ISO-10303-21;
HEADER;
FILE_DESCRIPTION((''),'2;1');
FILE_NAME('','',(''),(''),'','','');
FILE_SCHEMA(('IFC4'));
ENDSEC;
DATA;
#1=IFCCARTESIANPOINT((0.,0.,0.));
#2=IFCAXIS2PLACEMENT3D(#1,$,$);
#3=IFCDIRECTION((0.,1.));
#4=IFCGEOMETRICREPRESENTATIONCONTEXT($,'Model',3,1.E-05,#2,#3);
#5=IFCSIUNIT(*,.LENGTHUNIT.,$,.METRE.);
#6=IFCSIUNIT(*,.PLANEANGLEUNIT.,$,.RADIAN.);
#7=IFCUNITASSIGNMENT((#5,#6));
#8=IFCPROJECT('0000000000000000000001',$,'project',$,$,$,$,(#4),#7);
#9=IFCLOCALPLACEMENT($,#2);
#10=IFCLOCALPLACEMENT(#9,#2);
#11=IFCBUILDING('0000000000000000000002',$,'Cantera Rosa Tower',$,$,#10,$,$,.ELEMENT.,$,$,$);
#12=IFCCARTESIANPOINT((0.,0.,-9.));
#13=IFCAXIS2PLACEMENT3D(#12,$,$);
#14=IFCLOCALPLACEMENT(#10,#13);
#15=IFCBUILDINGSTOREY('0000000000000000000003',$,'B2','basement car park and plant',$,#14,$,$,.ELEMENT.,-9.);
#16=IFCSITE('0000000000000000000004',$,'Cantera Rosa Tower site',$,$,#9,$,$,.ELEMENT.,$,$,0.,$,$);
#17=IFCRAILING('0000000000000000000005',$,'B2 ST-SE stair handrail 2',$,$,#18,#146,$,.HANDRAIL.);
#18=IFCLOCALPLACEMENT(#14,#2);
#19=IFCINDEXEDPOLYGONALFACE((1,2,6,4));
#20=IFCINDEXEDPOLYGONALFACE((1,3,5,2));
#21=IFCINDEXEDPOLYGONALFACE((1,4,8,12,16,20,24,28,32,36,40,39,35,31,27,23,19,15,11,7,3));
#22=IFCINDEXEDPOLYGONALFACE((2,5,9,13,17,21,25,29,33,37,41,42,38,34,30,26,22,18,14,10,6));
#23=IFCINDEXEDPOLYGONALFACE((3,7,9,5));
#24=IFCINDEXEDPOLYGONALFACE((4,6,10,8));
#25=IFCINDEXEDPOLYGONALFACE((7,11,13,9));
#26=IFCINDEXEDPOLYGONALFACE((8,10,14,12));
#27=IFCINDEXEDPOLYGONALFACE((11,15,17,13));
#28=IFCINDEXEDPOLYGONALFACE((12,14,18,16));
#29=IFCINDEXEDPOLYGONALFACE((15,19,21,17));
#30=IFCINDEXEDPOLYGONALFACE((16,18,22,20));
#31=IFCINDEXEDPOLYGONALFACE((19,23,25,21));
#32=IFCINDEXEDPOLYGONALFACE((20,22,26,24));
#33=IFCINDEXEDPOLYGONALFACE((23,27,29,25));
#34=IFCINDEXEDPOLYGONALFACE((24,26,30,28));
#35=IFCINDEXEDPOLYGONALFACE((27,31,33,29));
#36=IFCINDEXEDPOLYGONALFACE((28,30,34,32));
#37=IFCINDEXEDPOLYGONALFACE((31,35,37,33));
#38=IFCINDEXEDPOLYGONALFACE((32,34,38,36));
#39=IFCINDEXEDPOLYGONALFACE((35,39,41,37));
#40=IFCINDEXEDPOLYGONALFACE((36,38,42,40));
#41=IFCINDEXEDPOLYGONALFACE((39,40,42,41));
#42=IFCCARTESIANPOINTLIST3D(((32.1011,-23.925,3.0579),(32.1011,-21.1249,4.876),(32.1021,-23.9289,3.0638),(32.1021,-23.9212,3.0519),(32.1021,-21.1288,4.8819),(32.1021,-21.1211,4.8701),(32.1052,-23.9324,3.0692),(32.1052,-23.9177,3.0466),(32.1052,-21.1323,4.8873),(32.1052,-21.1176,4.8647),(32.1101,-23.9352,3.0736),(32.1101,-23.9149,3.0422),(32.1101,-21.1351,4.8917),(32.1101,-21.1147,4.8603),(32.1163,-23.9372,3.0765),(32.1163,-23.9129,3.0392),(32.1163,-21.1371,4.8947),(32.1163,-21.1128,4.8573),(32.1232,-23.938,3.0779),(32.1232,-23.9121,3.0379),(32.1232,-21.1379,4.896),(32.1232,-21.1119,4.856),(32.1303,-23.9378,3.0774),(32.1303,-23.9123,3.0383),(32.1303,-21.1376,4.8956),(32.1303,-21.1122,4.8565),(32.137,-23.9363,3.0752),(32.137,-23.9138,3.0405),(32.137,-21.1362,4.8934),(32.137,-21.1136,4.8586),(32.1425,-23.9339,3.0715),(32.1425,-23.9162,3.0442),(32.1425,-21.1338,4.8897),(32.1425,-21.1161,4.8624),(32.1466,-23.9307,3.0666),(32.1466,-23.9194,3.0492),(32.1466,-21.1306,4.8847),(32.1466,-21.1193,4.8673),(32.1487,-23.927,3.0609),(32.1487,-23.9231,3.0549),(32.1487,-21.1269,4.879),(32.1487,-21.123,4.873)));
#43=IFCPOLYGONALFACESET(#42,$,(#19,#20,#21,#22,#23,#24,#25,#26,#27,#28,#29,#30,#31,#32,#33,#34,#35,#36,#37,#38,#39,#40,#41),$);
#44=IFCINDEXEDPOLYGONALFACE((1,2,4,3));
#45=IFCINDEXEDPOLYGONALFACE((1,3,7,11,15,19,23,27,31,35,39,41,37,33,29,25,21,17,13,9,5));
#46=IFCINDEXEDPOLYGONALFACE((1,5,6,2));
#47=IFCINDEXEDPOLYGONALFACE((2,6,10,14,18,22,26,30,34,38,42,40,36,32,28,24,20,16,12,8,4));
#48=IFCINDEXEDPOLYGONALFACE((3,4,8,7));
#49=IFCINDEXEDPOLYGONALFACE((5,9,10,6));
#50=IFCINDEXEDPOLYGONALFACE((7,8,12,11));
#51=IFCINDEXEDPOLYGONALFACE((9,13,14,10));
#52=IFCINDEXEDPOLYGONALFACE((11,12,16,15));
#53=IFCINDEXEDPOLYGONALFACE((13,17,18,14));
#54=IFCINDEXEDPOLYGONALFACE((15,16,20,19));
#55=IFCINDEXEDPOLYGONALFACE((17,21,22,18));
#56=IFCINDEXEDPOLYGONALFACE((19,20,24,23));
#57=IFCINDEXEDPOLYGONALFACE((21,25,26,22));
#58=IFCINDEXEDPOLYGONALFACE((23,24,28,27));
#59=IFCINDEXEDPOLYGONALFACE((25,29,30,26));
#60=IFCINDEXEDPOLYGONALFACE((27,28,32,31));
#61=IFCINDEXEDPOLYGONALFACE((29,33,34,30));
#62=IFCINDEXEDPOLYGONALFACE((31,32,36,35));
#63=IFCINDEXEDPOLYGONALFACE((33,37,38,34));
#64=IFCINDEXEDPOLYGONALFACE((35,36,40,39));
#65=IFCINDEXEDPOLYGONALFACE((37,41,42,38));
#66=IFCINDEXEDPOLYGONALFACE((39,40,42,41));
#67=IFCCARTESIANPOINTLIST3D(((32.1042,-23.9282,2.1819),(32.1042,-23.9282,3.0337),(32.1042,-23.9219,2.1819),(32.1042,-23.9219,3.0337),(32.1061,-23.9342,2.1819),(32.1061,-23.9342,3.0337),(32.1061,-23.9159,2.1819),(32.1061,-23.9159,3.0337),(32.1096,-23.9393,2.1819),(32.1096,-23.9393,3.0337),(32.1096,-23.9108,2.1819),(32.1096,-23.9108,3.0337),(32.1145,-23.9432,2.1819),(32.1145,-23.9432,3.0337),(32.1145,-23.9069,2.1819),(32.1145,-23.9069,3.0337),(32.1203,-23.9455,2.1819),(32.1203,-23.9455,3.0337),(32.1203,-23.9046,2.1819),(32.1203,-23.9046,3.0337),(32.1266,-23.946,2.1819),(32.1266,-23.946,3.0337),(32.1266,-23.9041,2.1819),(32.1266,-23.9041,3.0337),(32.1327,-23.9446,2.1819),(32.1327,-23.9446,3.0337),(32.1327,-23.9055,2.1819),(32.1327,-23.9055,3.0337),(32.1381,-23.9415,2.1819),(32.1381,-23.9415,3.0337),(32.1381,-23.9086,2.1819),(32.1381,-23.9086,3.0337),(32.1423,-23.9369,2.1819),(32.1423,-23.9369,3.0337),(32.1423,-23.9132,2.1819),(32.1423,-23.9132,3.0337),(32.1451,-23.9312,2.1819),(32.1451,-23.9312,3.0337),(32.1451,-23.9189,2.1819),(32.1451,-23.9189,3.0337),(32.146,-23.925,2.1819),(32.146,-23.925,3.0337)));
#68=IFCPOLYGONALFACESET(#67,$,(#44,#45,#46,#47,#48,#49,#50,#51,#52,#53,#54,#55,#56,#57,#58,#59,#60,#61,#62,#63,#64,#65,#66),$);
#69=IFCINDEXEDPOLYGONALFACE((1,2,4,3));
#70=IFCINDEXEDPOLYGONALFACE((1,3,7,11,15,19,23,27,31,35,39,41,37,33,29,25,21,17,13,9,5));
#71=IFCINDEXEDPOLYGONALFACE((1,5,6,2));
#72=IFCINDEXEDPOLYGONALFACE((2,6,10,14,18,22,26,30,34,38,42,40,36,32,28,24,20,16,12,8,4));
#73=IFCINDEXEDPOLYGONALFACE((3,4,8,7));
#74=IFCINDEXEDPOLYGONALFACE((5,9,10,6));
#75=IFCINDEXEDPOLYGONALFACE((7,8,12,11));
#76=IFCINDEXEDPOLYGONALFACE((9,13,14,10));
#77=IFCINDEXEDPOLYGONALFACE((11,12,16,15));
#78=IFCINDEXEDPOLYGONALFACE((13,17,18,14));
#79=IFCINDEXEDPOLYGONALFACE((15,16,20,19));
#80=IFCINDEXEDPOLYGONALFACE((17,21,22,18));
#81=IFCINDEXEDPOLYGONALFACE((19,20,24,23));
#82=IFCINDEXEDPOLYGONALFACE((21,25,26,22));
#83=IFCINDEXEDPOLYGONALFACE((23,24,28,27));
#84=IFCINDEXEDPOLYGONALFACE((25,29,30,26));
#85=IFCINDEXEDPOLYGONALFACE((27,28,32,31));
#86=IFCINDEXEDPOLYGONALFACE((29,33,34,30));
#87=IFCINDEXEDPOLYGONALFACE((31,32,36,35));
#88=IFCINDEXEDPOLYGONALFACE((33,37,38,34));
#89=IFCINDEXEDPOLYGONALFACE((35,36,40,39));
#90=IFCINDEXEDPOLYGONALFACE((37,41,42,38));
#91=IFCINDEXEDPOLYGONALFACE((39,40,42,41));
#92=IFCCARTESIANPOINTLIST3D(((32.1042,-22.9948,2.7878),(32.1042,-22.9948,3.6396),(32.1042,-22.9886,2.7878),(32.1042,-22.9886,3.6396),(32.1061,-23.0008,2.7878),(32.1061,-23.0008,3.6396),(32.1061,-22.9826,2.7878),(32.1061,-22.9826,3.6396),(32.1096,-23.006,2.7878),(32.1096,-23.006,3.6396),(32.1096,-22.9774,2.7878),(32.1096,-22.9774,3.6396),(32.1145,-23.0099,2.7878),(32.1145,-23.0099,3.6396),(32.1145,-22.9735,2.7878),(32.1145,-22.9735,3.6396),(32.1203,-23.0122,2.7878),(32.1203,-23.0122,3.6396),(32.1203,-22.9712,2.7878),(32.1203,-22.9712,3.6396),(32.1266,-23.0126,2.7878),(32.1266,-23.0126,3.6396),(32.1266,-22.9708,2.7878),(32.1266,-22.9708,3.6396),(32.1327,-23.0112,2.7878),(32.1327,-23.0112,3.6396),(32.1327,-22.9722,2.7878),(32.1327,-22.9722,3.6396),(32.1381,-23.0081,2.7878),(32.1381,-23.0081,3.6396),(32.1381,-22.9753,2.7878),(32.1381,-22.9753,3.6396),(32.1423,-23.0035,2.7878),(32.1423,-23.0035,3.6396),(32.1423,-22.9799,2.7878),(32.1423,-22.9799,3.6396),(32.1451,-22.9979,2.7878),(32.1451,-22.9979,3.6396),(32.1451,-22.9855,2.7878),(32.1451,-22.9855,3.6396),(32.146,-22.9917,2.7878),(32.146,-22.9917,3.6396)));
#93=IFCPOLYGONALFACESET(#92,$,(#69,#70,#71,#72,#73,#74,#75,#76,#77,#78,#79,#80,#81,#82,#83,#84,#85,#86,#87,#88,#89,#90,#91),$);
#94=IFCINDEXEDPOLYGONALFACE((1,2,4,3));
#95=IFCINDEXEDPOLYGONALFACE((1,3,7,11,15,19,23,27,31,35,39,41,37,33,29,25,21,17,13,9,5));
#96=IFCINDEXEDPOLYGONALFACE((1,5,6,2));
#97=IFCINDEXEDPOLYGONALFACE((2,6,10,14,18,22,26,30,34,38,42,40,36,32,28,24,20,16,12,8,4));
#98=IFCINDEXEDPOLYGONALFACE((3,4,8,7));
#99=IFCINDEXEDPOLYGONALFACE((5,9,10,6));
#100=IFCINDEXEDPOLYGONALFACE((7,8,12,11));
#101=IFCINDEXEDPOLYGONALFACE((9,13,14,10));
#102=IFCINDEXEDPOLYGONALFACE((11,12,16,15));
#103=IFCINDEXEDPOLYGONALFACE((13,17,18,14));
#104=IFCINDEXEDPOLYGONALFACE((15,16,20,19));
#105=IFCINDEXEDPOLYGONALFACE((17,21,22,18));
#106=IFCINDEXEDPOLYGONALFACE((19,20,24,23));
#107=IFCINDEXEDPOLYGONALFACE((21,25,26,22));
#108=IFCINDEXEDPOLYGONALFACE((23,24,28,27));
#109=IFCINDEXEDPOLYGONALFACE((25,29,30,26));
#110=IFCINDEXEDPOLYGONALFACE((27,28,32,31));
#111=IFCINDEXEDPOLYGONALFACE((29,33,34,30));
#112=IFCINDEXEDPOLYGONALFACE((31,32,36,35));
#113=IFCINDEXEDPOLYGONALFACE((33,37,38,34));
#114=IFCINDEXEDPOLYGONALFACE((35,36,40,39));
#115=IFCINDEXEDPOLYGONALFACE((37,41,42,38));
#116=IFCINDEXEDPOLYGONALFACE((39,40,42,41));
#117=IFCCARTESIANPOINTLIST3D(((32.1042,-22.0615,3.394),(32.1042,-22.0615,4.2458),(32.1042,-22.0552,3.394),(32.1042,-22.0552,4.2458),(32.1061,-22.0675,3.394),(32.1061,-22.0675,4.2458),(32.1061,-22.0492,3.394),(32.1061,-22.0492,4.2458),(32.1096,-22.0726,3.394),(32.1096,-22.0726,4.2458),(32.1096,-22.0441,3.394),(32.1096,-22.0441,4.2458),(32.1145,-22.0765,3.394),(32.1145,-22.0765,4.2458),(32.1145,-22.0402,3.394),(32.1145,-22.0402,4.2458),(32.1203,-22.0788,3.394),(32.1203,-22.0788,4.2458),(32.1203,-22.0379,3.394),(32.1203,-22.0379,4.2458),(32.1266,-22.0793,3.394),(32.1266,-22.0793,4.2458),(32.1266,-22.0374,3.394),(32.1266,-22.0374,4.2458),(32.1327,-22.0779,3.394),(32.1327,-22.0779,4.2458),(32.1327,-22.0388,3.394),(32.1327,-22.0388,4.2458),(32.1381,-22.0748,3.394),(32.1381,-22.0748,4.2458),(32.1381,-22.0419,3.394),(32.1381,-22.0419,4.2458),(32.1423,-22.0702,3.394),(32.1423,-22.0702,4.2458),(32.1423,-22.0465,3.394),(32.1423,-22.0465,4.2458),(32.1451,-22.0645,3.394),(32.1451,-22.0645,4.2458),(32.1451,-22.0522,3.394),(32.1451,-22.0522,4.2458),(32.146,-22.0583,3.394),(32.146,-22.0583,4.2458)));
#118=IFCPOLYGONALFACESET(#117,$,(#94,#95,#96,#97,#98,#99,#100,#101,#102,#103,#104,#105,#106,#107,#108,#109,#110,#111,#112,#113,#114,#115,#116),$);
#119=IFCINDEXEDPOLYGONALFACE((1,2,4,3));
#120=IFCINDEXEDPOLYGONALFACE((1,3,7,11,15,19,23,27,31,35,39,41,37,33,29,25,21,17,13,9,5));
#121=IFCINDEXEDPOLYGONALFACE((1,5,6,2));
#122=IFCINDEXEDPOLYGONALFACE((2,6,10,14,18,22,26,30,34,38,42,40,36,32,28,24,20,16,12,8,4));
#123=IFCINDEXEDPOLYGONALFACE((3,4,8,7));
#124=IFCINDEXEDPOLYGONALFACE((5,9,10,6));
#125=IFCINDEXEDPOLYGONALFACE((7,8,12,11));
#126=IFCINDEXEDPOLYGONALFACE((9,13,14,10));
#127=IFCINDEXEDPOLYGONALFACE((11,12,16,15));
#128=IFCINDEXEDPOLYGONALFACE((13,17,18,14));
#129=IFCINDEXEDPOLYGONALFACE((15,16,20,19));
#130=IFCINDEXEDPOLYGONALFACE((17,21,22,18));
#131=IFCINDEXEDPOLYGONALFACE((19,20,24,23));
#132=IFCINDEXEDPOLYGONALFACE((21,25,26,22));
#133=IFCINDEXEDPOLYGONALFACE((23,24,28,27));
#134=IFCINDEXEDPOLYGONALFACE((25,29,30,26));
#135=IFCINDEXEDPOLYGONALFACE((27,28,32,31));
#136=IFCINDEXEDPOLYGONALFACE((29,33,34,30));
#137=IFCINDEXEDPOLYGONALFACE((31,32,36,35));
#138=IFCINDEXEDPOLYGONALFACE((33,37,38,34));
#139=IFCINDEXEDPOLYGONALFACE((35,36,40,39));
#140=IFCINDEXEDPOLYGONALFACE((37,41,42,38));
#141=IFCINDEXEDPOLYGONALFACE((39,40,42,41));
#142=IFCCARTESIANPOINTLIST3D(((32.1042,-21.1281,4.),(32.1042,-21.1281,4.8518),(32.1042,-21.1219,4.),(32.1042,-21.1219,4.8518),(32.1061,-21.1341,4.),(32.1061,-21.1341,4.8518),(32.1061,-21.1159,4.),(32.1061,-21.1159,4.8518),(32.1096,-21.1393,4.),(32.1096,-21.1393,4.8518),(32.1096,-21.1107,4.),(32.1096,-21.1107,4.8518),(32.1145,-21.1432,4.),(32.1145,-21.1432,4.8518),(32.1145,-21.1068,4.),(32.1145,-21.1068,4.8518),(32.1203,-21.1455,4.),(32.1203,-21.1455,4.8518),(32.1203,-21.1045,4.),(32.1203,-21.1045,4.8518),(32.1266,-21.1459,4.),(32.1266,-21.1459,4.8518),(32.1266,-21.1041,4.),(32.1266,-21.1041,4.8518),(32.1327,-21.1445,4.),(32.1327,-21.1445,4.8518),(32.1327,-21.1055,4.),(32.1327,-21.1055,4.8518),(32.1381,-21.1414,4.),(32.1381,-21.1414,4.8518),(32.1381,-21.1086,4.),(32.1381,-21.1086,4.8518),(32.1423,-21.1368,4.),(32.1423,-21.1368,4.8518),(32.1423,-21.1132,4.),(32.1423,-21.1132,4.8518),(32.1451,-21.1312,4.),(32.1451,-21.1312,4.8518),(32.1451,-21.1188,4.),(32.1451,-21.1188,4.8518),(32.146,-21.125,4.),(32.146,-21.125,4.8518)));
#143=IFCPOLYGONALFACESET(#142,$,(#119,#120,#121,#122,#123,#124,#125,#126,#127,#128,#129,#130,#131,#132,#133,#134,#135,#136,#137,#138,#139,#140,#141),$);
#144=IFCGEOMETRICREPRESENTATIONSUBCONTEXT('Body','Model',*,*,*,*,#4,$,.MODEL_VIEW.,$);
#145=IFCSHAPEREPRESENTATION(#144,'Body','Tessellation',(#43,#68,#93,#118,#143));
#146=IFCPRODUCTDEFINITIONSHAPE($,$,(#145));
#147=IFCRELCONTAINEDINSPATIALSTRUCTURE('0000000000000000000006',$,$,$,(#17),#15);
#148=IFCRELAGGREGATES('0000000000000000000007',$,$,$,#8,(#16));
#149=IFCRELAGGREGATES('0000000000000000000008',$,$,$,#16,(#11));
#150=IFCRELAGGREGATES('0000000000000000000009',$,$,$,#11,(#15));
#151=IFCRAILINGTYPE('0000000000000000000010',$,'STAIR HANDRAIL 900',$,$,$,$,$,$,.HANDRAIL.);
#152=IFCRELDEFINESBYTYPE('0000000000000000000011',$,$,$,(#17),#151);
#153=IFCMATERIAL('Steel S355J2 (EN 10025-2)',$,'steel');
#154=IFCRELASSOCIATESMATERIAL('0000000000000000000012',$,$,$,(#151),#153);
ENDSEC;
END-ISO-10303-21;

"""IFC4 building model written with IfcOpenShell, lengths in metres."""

from ifc_helpers import new_model, si_unit, direction, frame, origin, origin_2d, place, context, subcontext, project, spatial, circle, extrude, material, type_object, element, save


model = new_model("IFC4")

# Units and contexts
model_context = context("Model", 3, precision=1e-05, world=origin(), true_north=direction((0.0, 1.0)))
body_context = subcontext(model_context, "Body", "Model", "MODEL_VIEW")
ifc_project = project(units=[si_unit("LENGTHUNIT", "METRE"), si_unit("PLANEANGLEUNIT", "RADIAN")], contexts=[model_context])

# Site, building, storey
site_placement = place(None, origin())
site = spatial("IfcSite", under=ifc_project, at=site_placement, Name="Cantera Rosa Tower site", CompositionType="ELEMENT", RefElevation=0.0)
building_placement = place(site_placement, origin())
building = spatial("IfcBuilding", under=site, at=building_placement, Name="Cantera Rosa Tower", CompositionType="ELEMENT")
storey_placement = place(building_placement, frame((0.0, 0.0, -9.0)))
storey = spatial("IfcBuildingStorey", under=building, at=storey_placement, Name="B2", Description="basement car park and plant", CompositionType="ELEMENT", Elevation=-9.0)

# Railing
ifc_material_1 = material(Name="Steel S355J2 (EN 10025-2)", Category="steel")
railing_type_1 = type_object("IfcRailingType", Name="STAIR HANDRAIL 900", PredefinedType="HANDRAIL", material=ifc_material_1)
railing_1_placement = place(storey_placement, frame((32.125, -23.925, 2.1819)))
element("IfcRailing", 1, at=railing_1_placement, inside=storey, type_object=railing_type_1, Name="B2 ST-SE stair handrail 2", PredefinedType="HANDRAIL", context=body_context, shape_type="SweptSolid", body=[
    extrude(circle(Radius=0.0239, at=origin_2d()), frame((0.0, 0.0, 0.876), z_axis=(0.0, 0.838706, 0.544585), x_axis=(-1.0, 0.0, 0.0)), (0.0, 0.0, 1.0), 3.3386),
    extrude(circle(Radius=0.021, at=origin_2d()), origin(), (0.0, 0.0, 1.0), 0.8518),
    extrude(circle(Radius=0.021, at=origin_2d()), frame((0.0, 0.9333, 0.606)), (0.0, 0.0, 1.0), 0.8518),
    extrude(circle(Radius=0.021, at=origin_2d()), frame((0.0, 1.8667, 1.2122)), (0.0, 0.0, 1.0), 0.8518),
    extrude(circle(Radius=0.021, at=origin_2d()), frame((0.0, 2.8, 1.8181)), (0.0, 0.0, 1.0), 0.8518),
])

save(model, "model.ifc")
